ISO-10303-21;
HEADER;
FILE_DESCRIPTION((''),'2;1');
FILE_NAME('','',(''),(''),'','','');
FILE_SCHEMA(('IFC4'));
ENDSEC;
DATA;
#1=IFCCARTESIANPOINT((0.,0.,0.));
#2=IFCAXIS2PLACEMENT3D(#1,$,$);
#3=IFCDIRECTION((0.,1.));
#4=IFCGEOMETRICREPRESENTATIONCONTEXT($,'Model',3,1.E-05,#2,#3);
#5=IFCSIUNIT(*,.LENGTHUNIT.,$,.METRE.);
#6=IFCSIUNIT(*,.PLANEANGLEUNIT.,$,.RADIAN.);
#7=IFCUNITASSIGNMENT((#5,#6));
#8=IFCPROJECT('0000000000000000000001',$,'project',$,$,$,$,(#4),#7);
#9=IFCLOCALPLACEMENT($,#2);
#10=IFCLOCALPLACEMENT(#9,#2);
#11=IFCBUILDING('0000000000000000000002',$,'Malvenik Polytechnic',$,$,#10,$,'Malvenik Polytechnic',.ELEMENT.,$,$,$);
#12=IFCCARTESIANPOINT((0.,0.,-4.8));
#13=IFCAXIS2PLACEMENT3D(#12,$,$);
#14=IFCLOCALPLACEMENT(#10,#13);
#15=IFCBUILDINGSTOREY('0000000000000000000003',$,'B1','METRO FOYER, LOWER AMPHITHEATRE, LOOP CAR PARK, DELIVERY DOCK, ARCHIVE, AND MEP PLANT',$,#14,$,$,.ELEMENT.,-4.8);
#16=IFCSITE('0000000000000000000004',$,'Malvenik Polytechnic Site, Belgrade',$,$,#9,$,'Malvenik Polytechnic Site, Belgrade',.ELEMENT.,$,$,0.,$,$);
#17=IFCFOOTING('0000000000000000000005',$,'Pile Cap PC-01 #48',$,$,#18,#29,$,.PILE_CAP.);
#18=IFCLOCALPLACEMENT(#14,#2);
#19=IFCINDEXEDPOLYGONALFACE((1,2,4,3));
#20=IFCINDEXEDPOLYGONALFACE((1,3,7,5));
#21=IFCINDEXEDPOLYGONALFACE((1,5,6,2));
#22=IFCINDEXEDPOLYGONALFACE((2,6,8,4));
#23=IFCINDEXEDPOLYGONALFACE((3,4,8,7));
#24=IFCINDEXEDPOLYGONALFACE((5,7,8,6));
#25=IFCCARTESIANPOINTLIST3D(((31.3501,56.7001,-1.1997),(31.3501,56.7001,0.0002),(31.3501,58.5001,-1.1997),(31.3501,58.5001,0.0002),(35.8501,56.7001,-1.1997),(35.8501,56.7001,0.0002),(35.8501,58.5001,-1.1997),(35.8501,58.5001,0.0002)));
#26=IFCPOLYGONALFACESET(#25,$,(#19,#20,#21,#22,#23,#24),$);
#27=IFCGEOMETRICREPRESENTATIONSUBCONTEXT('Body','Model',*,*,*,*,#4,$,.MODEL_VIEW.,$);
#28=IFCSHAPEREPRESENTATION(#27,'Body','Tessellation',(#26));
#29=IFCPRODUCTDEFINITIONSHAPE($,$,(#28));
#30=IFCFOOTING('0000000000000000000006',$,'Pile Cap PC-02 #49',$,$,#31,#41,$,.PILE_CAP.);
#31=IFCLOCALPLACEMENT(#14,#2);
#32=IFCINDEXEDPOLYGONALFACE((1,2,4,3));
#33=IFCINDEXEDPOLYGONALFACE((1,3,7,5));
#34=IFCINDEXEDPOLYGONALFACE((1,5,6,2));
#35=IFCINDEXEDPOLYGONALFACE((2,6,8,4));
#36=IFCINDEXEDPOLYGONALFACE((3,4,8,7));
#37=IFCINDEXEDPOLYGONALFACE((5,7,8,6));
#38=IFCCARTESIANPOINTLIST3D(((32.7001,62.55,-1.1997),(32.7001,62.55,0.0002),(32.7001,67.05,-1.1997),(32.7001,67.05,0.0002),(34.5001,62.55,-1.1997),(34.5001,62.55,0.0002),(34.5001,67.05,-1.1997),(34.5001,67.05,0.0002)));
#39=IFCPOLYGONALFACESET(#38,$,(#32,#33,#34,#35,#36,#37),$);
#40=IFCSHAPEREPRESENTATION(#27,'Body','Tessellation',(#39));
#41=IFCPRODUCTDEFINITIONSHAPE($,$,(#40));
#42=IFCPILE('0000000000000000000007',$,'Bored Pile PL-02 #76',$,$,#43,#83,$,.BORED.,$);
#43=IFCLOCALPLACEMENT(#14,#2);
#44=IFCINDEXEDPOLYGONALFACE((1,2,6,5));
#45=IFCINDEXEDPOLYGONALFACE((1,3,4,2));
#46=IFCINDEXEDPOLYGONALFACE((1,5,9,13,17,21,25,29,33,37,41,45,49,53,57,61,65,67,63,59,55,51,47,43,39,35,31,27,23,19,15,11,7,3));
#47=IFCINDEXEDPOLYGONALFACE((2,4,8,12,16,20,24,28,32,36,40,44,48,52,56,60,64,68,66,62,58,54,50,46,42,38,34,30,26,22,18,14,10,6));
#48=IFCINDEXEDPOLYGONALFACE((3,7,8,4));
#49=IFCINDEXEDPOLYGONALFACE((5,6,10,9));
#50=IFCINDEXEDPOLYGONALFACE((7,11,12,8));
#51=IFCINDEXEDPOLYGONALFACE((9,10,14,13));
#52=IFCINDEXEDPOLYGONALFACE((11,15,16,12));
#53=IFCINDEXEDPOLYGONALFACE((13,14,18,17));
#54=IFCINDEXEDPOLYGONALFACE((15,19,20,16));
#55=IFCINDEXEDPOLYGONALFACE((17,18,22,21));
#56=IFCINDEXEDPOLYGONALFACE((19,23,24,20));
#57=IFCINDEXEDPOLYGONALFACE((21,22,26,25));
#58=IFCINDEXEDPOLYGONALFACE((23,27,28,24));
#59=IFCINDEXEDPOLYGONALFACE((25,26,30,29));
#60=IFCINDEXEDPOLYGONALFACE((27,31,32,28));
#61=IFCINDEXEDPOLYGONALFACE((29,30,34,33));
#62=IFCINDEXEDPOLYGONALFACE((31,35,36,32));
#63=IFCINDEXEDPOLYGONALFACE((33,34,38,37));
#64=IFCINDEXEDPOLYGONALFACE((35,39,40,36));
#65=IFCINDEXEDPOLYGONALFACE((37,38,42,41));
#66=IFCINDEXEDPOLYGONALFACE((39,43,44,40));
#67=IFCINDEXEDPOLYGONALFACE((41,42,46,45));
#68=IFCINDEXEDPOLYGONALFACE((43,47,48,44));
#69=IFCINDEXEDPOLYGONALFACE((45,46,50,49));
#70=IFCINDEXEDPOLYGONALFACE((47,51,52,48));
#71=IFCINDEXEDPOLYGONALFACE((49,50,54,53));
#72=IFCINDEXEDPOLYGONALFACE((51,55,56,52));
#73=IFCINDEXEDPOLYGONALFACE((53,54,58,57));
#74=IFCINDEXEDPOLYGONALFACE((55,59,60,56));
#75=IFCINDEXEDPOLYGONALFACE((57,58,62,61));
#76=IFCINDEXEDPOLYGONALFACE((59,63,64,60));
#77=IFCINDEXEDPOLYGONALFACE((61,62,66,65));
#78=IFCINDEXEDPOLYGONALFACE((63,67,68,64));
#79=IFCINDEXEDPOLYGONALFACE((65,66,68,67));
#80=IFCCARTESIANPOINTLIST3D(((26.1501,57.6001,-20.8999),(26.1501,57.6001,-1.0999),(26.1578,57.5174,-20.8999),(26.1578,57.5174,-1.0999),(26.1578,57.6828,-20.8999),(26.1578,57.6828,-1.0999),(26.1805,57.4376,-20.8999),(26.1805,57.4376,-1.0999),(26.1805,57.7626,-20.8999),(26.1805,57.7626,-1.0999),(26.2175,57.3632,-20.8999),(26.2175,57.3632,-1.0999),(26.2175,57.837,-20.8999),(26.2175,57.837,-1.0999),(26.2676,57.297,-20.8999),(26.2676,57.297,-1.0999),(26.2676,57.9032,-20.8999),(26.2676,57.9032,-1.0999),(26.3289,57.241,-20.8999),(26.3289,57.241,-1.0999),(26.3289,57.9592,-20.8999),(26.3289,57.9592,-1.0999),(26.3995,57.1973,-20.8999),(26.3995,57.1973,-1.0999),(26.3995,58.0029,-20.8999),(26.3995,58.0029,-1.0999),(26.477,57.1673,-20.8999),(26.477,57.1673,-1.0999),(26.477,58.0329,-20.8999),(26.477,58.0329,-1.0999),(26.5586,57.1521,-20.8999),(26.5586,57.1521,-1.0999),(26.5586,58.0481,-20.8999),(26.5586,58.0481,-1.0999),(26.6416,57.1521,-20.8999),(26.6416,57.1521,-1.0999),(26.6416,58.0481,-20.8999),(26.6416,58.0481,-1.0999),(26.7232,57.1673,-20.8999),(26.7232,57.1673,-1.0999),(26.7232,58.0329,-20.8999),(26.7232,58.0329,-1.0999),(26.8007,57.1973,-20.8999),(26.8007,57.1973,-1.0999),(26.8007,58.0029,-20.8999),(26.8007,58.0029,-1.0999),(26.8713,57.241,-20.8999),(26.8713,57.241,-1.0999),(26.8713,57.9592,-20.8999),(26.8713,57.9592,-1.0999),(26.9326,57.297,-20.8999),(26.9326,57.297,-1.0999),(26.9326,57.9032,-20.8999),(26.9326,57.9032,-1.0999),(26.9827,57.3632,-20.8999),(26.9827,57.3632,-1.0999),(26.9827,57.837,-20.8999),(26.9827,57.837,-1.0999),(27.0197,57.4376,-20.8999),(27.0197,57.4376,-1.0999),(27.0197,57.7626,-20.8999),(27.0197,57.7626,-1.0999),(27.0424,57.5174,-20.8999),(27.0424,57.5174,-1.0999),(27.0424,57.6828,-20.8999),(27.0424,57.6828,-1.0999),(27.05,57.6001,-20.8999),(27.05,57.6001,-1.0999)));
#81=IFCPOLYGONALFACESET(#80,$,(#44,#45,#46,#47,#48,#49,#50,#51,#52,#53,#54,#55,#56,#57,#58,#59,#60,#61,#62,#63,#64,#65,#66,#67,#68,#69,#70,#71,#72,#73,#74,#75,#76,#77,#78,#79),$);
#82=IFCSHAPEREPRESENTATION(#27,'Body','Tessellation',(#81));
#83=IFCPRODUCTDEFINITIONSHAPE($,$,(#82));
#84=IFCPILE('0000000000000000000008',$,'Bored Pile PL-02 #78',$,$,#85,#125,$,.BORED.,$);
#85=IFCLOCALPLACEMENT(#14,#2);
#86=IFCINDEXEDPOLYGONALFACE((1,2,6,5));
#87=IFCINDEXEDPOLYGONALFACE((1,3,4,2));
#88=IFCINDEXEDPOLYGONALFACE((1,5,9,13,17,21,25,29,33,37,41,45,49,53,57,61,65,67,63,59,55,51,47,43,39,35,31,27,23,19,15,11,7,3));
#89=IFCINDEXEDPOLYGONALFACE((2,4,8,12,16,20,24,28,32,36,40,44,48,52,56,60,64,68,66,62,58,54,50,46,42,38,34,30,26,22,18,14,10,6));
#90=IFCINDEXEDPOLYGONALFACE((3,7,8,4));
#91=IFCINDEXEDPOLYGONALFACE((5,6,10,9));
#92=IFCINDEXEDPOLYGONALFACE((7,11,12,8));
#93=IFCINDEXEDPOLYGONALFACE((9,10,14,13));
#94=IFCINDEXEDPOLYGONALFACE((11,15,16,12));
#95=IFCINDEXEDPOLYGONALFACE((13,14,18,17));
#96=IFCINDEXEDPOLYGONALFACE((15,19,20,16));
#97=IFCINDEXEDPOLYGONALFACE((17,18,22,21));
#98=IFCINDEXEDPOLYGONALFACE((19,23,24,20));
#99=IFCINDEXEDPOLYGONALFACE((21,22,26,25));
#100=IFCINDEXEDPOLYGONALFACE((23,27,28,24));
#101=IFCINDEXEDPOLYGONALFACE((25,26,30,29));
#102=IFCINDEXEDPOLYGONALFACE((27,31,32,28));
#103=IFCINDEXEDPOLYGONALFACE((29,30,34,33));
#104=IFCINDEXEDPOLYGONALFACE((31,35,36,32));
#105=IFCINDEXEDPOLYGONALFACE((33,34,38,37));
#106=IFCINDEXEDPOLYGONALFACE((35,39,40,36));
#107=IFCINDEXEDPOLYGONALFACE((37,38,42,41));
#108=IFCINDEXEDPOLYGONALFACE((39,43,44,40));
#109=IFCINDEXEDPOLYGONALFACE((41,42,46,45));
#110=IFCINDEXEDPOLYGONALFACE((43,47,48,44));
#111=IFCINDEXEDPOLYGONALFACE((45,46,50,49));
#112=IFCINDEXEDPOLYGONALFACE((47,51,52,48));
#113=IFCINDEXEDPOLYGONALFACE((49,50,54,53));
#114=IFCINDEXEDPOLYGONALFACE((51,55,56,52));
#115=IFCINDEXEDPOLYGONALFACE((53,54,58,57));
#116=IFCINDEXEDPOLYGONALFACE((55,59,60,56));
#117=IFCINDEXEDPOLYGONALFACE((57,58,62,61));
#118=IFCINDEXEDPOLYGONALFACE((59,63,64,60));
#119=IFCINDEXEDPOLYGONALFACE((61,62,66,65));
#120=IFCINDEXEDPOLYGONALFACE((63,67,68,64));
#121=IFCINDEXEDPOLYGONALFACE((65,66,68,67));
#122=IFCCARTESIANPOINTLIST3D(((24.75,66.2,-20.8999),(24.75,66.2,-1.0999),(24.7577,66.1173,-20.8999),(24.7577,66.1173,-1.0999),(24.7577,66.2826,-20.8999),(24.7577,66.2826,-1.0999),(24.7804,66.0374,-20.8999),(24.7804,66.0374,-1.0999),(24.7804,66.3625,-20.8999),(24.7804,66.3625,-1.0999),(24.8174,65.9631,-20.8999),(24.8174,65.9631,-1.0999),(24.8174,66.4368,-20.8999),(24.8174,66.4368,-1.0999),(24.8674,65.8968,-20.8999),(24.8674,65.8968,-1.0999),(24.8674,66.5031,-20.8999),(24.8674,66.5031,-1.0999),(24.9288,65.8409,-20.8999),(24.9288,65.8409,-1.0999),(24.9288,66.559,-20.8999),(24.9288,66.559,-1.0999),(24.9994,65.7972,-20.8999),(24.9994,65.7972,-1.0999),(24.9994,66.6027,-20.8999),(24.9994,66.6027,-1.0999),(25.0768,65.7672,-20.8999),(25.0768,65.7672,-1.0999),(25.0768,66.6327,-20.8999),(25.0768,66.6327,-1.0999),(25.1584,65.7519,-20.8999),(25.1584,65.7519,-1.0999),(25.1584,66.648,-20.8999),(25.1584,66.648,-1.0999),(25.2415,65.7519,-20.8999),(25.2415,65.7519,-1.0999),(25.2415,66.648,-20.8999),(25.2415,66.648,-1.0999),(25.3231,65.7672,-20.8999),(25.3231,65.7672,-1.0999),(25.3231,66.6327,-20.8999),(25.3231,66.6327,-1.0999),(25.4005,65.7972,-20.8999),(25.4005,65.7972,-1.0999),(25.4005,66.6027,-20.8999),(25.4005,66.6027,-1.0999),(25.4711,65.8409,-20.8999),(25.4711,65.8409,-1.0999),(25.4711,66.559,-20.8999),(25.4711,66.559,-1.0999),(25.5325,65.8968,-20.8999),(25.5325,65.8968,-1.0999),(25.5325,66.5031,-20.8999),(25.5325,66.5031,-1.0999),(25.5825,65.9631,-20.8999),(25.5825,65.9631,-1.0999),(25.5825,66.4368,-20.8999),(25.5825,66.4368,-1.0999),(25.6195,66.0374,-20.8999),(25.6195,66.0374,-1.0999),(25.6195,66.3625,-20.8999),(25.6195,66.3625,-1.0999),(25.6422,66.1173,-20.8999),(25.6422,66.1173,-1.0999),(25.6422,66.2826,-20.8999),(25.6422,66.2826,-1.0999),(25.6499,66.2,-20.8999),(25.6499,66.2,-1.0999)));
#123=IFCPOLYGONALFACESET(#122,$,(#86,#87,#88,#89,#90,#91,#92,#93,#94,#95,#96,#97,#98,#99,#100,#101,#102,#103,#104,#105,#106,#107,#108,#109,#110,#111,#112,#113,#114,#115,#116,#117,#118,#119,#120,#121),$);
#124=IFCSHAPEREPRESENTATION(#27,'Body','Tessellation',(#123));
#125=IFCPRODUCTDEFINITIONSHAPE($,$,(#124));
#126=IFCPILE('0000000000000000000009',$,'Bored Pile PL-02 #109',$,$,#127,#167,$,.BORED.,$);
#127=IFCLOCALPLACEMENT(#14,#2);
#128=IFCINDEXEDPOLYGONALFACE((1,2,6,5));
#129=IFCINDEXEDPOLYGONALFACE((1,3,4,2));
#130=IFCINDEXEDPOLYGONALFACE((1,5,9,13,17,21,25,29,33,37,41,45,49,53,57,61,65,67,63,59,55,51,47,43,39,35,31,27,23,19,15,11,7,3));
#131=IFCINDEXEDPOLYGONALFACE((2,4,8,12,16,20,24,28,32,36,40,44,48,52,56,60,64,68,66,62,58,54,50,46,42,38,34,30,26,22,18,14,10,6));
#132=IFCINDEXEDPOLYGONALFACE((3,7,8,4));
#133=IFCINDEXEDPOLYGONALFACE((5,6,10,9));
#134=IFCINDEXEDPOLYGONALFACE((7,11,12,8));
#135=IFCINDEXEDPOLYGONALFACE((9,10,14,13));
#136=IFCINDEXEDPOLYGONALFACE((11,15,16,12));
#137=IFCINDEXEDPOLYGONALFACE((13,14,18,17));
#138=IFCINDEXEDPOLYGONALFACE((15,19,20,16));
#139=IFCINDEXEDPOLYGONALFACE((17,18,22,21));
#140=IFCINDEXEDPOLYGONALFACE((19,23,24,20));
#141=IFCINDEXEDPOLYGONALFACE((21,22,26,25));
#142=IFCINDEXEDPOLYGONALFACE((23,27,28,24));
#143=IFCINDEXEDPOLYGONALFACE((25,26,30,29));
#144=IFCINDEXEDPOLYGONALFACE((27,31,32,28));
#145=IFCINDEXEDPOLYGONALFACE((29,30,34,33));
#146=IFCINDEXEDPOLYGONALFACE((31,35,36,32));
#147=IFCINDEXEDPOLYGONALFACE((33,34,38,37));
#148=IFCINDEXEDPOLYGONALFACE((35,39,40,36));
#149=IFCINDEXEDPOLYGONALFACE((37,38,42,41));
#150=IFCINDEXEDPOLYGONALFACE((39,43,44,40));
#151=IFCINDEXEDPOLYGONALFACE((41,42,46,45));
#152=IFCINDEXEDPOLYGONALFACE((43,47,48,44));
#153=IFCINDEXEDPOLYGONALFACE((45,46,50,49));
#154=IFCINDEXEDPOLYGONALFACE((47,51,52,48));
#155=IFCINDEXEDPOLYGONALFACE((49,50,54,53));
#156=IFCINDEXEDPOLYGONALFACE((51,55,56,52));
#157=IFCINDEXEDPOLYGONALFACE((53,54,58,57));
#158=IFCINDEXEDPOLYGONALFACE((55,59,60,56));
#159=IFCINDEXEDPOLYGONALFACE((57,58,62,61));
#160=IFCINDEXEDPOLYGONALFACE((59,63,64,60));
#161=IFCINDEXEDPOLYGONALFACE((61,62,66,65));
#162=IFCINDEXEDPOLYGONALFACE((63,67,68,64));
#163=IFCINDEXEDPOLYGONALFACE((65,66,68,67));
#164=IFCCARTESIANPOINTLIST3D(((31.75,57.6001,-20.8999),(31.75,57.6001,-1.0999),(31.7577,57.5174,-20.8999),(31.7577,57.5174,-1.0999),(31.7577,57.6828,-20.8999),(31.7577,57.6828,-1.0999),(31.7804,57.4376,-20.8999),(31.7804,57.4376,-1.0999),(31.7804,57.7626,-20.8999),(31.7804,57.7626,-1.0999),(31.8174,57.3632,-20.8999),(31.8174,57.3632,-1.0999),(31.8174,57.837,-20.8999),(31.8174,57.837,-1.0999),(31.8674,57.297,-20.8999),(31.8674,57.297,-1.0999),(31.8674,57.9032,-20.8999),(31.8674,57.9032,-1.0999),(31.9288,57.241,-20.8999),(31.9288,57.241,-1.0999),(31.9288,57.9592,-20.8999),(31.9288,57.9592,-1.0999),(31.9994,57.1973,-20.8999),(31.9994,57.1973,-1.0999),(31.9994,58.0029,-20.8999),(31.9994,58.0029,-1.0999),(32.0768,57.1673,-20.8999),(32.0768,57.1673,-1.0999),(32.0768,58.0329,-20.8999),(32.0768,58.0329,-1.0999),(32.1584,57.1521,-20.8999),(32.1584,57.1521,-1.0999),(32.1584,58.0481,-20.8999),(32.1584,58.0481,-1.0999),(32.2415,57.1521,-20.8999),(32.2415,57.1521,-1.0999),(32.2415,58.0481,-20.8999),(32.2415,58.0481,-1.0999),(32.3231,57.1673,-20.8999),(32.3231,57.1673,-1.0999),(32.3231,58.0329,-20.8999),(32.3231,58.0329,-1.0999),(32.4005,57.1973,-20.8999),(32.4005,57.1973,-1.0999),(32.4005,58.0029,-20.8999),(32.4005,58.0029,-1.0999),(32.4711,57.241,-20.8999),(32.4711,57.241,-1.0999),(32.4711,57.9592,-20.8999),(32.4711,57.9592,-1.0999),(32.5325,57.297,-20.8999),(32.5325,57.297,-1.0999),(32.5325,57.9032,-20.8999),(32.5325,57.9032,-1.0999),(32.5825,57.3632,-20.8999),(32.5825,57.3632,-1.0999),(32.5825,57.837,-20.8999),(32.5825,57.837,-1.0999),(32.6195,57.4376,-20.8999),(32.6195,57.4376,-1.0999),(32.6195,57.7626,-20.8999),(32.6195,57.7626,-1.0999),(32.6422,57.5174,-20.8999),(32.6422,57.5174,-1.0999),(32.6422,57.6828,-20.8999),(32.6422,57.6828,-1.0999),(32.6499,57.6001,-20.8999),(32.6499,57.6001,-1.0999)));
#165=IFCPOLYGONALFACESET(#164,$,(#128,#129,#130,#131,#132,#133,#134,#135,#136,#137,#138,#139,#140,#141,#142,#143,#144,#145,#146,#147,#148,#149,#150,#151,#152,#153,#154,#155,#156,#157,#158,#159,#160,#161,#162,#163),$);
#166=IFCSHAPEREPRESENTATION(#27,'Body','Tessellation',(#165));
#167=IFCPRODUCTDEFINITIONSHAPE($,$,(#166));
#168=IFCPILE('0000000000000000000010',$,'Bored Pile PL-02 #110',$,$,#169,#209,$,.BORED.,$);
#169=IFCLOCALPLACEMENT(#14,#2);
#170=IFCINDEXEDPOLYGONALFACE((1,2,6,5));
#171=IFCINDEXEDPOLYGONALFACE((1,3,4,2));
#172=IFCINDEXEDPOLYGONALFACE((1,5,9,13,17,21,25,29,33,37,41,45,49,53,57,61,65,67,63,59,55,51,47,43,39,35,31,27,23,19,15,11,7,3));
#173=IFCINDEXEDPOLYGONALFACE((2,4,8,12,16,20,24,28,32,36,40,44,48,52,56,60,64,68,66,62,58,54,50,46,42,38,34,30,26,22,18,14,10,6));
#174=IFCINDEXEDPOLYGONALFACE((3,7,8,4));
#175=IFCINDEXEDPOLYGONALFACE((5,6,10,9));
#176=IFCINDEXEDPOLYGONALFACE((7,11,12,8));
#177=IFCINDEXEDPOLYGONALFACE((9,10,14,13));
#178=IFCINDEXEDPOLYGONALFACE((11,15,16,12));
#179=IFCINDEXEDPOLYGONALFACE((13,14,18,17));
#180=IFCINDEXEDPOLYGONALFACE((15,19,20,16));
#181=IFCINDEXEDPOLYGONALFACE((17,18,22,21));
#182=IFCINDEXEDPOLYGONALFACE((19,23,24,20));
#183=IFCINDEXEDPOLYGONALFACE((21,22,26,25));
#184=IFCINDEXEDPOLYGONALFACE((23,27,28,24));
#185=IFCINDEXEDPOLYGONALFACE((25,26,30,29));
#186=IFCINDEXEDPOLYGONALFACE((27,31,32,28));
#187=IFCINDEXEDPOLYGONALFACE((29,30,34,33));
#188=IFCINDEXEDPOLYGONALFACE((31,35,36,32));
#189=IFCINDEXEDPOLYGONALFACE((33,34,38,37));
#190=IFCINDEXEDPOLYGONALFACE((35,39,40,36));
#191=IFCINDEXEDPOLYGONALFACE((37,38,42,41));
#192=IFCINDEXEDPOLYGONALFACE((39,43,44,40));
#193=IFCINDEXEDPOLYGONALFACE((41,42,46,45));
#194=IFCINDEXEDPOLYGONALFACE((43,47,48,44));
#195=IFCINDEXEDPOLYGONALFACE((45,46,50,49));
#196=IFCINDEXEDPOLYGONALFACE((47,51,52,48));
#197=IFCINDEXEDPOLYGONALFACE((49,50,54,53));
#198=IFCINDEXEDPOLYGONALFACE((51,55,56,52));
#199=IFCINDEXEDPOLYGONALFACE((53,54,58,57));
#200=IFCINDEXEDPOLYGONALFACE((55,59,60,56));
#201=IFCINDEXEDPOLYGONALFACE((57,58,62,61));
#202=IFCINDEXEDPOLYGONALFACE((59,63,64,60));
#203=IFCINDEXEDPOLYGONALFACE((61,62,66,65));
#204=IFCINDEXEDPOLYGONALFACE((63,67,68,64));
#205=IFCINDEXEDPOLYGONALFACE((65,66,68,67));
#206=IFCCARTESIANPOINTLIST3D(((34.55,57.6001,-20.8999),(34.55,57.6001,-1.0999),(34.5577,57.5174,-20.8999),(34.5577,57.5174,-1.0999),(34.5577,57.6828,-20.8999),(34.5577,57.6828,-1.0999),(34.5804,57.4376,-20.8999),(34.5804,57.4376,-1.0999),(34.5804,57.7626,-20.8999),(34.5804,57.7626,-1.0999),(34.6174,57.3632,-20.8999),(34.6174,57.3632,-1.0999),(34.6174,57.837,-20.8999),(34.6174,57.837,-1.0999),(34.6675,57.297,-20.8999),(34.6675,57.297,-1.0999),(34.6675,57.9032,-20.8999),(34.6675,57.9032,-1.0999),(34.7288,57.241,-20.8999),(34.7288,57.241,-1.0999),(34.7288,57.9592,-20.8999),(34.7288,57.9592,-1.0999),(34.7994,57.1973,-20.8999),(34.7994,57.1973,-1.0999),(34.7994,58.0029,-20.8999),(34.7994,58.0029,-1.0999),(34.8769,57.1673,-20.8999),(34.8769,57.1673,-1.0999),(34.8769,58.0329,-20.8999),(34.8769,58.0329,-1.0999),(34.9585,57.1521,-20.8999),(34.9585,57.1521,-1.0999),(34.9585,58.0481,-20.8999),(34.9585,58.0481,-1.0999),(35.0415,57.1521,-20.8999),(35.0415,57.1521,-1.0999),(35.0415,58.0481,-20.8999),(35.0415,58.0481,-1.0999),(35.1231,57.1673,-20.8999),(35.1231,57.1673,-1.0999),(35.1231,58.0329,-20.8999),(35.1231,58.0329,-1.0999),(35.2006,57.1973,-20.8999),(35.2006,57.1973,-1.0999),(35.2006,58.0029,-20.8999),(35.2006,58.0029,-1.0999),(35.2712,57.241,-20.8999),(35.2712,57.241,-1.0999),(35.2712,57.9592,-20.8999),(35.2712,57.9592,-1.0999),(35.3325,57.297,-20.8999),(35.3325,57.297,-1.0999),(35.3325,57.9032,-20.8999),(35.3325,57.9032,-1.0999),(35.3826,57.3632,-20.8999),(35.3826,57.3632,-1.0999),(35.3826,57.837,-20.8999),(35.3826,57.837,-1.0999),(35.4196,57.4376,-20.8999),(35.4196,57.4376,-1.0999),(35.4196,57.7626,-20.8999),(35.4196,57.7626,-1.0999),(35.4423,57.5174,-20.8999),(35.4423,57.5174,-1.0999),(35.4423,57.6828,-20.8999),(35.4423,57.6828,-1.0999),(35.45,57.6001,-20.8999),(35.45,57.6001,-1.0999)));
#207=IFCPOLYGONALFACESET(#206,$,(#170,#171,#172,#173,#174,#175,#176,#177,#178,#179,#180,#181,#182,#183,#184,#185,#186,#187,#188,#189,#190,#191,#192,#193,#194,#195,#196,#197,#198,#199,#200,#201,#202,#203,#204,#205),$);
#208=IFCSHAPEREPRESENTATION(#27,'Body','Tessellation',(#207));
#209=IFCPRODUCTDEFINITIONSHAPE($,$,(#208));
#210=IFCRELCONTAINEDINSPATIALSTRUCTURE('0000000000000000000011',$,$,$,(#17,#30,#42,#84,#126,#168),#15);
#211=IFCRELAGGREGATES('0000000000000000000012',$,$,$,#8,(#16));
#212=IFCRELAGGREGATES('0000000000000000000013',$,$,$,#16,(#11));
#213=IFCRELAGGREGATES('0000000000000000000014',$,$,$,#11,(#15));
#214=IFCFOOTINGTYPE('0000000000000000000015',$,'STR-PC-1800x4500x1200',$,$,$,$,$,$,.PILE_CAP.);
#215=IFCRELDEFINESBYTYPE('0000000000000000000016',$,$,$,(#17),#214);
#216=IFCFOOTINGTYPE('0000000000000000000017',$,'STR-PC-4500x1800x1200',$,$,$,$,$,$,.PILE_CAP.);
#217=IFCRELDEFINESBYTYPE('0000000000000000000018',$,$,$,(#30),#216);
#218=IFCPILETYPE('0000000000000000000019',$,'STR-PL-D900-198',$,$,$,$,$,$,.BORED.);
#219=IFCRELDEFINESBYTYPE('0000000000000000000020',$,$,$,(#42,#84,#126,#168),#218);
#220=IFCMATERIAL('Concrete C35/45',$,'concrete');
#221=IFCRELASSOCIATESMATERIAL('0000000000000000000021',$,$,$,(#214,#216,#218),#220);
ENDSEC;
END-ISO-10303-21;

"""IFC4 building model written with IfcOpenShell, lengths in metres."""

from ifc_helpers import new_model, si_unit, direction, frame, origin, origin_2d, place, context, subcontext, project, spatial, rectangle, circle, extrude, material, material_profile, profile_set, type_object, element, save


model = new_model("IFC4")

# Units and contexts
model_context = context("Model", 3, precision=1e-05, world=origin(), true_north=direction((0.0, 1.0)))
body_context = subcontext(model_context, "Body", "Model", "MODEL_VIEW")
ifc_project = project(units=[si_unit("LENGTHUNIT", "METRE"), si_unit("PLANEANGLEUNIT", "RADIAN")], contexts=[model_context])

# Site, building, storey
site_placement = place(None, origin())
site = spatial("IfcSite", under=ifc_project, at=site_placement, Name="Malvenik Polytechnic Site, Belgrade", LongName="Malvenik Polytechnic Site, Belgrade", CompositionType="ELEMENT", RefElevation=0.0)
building_placement = place(site_placement, origin())
building = spatial("IfcBuilding", under=site, at=building_placement, Name="Malvenik Polytechnic", LongName="Malvenik Polytechnic", CompositionType="ELEMENT")
storey_placement = place(building_placement, frame((0.0, 0.0, -4.8)))
storey = spatial("IfcBuildingStorey", under=building, at=storey_placement, Name="B1", Description="METRO FOYER, LOWER AMPHITHEATRE, LOOP CAR PARK, DELIVERY DOCK, ARCHIVE, AND MEP PLANT", CompositionType="ELEMENT", Elevation=-4.8)

# Footings
ifc_material_1 = material(Name="Concrete C35/45", Category="concrete")
footing_type_1 = type_object("IfcFootingType", Name="STR-PC-1800x4500x1200", PredefinedType="PILE_CAP", material=ifc_material_1)
footing_1_placement = place(storey_placement, frame((33.6001, 57.6001, -1.1997), z_axis=(0.0, 0.0, 1.0), x_axis=(1.0, 0.0, 0.0)))
element("IfcFooting", 1, at=footing_1_placement, inside=storey, type_object=footing_type_1, Name="Pile Cap PC-01 #48", PredefinedType="PILE_CAP", context=body_context, shape_type="SweptSolid", body=[
    extrude(rectangle(XDim=4.5, YDim=1.8, at=origin_2d()), origin(), (0.0, 0.0, 1.0), 1.2),
])
footing_type_2 = type_object("IfcFootingType", Name="STR-PC-4500x1800x1200", PredefinedType="PILE_CAP", material=ifc_material_1)
footing_2_placement = place(storey_placement, frame((33.6001, 64.8, -1.1997), z_axis=(0.0, 0.0, 1.0), x_axis=(1.0, 0.0, 0.0)))
element("IfcFooting", 2, at=footing_2_placement, inside=storey, type_object=footing_type_2, Name="Pile Cap PC-02 #49", PredefinedType="PILE_CAP", context=body_context, shape_type="SweptSolid", body=[
    extrude(rectangle(XDim=1.8, YDim=4.5, at=origin_2d()), origin(), (0.0, 0.0, 1.0), 1.2),
])

# Piles
ifc_material_profile_1 = material_profile(ifc_material_1, circle(Radius=0.45, at=origin_2d()), Name="BORED PILE D900")
ifc_profile_set_1 = profile_set([ifc_material_profile_1], Name="Concrete C35/45")
pile_type = type_object("IfcPileType", Name="STR-PL-D900-198", PredefinedType="BORED", material=ifc_profile_set_1)
for number, where, z_axis, x_axis, name in (
    (3, (26.6001, 57.6001, -1.0999), (0.0, 0.0, -1.0), (1.0, 0.0, 0.0), "Bored Pile PL-02 #76"),
    (4, (25.2, 66.2, -1.0999), (0.0, 0.0, -1.0), (1.0, 0.0, 0.0), "Bored Pile PL-02 #78"),
    (5, (32.2, 57.6001, -1.0999), (0.0, 0.0, -1.0), (1.0, 0.0, 0.0), "Bored Pile PL-02 #109"),
    (6, (35.0, 57.6001, -1.0999), (0.0, 0.0, -1.0), (1.0, 0.0, 0.0), "Bored Pile PL-02 #110"),
):
    element("IfcPile", number, at=place(storey_placement, frame(where, z_axis=z_axis, x_axis=x_axis)), inside=storey, type_object=pile_type, Name=name, PredefinedType="BORED", context=body_context, shape_type="SweptSolid", body=[
        extrude(circle(Radius=0.45, at=origin_2d()), origin(), (0.0, 0.0, 1.0), 19.8),
    ])

save(model, "model.ifc")
